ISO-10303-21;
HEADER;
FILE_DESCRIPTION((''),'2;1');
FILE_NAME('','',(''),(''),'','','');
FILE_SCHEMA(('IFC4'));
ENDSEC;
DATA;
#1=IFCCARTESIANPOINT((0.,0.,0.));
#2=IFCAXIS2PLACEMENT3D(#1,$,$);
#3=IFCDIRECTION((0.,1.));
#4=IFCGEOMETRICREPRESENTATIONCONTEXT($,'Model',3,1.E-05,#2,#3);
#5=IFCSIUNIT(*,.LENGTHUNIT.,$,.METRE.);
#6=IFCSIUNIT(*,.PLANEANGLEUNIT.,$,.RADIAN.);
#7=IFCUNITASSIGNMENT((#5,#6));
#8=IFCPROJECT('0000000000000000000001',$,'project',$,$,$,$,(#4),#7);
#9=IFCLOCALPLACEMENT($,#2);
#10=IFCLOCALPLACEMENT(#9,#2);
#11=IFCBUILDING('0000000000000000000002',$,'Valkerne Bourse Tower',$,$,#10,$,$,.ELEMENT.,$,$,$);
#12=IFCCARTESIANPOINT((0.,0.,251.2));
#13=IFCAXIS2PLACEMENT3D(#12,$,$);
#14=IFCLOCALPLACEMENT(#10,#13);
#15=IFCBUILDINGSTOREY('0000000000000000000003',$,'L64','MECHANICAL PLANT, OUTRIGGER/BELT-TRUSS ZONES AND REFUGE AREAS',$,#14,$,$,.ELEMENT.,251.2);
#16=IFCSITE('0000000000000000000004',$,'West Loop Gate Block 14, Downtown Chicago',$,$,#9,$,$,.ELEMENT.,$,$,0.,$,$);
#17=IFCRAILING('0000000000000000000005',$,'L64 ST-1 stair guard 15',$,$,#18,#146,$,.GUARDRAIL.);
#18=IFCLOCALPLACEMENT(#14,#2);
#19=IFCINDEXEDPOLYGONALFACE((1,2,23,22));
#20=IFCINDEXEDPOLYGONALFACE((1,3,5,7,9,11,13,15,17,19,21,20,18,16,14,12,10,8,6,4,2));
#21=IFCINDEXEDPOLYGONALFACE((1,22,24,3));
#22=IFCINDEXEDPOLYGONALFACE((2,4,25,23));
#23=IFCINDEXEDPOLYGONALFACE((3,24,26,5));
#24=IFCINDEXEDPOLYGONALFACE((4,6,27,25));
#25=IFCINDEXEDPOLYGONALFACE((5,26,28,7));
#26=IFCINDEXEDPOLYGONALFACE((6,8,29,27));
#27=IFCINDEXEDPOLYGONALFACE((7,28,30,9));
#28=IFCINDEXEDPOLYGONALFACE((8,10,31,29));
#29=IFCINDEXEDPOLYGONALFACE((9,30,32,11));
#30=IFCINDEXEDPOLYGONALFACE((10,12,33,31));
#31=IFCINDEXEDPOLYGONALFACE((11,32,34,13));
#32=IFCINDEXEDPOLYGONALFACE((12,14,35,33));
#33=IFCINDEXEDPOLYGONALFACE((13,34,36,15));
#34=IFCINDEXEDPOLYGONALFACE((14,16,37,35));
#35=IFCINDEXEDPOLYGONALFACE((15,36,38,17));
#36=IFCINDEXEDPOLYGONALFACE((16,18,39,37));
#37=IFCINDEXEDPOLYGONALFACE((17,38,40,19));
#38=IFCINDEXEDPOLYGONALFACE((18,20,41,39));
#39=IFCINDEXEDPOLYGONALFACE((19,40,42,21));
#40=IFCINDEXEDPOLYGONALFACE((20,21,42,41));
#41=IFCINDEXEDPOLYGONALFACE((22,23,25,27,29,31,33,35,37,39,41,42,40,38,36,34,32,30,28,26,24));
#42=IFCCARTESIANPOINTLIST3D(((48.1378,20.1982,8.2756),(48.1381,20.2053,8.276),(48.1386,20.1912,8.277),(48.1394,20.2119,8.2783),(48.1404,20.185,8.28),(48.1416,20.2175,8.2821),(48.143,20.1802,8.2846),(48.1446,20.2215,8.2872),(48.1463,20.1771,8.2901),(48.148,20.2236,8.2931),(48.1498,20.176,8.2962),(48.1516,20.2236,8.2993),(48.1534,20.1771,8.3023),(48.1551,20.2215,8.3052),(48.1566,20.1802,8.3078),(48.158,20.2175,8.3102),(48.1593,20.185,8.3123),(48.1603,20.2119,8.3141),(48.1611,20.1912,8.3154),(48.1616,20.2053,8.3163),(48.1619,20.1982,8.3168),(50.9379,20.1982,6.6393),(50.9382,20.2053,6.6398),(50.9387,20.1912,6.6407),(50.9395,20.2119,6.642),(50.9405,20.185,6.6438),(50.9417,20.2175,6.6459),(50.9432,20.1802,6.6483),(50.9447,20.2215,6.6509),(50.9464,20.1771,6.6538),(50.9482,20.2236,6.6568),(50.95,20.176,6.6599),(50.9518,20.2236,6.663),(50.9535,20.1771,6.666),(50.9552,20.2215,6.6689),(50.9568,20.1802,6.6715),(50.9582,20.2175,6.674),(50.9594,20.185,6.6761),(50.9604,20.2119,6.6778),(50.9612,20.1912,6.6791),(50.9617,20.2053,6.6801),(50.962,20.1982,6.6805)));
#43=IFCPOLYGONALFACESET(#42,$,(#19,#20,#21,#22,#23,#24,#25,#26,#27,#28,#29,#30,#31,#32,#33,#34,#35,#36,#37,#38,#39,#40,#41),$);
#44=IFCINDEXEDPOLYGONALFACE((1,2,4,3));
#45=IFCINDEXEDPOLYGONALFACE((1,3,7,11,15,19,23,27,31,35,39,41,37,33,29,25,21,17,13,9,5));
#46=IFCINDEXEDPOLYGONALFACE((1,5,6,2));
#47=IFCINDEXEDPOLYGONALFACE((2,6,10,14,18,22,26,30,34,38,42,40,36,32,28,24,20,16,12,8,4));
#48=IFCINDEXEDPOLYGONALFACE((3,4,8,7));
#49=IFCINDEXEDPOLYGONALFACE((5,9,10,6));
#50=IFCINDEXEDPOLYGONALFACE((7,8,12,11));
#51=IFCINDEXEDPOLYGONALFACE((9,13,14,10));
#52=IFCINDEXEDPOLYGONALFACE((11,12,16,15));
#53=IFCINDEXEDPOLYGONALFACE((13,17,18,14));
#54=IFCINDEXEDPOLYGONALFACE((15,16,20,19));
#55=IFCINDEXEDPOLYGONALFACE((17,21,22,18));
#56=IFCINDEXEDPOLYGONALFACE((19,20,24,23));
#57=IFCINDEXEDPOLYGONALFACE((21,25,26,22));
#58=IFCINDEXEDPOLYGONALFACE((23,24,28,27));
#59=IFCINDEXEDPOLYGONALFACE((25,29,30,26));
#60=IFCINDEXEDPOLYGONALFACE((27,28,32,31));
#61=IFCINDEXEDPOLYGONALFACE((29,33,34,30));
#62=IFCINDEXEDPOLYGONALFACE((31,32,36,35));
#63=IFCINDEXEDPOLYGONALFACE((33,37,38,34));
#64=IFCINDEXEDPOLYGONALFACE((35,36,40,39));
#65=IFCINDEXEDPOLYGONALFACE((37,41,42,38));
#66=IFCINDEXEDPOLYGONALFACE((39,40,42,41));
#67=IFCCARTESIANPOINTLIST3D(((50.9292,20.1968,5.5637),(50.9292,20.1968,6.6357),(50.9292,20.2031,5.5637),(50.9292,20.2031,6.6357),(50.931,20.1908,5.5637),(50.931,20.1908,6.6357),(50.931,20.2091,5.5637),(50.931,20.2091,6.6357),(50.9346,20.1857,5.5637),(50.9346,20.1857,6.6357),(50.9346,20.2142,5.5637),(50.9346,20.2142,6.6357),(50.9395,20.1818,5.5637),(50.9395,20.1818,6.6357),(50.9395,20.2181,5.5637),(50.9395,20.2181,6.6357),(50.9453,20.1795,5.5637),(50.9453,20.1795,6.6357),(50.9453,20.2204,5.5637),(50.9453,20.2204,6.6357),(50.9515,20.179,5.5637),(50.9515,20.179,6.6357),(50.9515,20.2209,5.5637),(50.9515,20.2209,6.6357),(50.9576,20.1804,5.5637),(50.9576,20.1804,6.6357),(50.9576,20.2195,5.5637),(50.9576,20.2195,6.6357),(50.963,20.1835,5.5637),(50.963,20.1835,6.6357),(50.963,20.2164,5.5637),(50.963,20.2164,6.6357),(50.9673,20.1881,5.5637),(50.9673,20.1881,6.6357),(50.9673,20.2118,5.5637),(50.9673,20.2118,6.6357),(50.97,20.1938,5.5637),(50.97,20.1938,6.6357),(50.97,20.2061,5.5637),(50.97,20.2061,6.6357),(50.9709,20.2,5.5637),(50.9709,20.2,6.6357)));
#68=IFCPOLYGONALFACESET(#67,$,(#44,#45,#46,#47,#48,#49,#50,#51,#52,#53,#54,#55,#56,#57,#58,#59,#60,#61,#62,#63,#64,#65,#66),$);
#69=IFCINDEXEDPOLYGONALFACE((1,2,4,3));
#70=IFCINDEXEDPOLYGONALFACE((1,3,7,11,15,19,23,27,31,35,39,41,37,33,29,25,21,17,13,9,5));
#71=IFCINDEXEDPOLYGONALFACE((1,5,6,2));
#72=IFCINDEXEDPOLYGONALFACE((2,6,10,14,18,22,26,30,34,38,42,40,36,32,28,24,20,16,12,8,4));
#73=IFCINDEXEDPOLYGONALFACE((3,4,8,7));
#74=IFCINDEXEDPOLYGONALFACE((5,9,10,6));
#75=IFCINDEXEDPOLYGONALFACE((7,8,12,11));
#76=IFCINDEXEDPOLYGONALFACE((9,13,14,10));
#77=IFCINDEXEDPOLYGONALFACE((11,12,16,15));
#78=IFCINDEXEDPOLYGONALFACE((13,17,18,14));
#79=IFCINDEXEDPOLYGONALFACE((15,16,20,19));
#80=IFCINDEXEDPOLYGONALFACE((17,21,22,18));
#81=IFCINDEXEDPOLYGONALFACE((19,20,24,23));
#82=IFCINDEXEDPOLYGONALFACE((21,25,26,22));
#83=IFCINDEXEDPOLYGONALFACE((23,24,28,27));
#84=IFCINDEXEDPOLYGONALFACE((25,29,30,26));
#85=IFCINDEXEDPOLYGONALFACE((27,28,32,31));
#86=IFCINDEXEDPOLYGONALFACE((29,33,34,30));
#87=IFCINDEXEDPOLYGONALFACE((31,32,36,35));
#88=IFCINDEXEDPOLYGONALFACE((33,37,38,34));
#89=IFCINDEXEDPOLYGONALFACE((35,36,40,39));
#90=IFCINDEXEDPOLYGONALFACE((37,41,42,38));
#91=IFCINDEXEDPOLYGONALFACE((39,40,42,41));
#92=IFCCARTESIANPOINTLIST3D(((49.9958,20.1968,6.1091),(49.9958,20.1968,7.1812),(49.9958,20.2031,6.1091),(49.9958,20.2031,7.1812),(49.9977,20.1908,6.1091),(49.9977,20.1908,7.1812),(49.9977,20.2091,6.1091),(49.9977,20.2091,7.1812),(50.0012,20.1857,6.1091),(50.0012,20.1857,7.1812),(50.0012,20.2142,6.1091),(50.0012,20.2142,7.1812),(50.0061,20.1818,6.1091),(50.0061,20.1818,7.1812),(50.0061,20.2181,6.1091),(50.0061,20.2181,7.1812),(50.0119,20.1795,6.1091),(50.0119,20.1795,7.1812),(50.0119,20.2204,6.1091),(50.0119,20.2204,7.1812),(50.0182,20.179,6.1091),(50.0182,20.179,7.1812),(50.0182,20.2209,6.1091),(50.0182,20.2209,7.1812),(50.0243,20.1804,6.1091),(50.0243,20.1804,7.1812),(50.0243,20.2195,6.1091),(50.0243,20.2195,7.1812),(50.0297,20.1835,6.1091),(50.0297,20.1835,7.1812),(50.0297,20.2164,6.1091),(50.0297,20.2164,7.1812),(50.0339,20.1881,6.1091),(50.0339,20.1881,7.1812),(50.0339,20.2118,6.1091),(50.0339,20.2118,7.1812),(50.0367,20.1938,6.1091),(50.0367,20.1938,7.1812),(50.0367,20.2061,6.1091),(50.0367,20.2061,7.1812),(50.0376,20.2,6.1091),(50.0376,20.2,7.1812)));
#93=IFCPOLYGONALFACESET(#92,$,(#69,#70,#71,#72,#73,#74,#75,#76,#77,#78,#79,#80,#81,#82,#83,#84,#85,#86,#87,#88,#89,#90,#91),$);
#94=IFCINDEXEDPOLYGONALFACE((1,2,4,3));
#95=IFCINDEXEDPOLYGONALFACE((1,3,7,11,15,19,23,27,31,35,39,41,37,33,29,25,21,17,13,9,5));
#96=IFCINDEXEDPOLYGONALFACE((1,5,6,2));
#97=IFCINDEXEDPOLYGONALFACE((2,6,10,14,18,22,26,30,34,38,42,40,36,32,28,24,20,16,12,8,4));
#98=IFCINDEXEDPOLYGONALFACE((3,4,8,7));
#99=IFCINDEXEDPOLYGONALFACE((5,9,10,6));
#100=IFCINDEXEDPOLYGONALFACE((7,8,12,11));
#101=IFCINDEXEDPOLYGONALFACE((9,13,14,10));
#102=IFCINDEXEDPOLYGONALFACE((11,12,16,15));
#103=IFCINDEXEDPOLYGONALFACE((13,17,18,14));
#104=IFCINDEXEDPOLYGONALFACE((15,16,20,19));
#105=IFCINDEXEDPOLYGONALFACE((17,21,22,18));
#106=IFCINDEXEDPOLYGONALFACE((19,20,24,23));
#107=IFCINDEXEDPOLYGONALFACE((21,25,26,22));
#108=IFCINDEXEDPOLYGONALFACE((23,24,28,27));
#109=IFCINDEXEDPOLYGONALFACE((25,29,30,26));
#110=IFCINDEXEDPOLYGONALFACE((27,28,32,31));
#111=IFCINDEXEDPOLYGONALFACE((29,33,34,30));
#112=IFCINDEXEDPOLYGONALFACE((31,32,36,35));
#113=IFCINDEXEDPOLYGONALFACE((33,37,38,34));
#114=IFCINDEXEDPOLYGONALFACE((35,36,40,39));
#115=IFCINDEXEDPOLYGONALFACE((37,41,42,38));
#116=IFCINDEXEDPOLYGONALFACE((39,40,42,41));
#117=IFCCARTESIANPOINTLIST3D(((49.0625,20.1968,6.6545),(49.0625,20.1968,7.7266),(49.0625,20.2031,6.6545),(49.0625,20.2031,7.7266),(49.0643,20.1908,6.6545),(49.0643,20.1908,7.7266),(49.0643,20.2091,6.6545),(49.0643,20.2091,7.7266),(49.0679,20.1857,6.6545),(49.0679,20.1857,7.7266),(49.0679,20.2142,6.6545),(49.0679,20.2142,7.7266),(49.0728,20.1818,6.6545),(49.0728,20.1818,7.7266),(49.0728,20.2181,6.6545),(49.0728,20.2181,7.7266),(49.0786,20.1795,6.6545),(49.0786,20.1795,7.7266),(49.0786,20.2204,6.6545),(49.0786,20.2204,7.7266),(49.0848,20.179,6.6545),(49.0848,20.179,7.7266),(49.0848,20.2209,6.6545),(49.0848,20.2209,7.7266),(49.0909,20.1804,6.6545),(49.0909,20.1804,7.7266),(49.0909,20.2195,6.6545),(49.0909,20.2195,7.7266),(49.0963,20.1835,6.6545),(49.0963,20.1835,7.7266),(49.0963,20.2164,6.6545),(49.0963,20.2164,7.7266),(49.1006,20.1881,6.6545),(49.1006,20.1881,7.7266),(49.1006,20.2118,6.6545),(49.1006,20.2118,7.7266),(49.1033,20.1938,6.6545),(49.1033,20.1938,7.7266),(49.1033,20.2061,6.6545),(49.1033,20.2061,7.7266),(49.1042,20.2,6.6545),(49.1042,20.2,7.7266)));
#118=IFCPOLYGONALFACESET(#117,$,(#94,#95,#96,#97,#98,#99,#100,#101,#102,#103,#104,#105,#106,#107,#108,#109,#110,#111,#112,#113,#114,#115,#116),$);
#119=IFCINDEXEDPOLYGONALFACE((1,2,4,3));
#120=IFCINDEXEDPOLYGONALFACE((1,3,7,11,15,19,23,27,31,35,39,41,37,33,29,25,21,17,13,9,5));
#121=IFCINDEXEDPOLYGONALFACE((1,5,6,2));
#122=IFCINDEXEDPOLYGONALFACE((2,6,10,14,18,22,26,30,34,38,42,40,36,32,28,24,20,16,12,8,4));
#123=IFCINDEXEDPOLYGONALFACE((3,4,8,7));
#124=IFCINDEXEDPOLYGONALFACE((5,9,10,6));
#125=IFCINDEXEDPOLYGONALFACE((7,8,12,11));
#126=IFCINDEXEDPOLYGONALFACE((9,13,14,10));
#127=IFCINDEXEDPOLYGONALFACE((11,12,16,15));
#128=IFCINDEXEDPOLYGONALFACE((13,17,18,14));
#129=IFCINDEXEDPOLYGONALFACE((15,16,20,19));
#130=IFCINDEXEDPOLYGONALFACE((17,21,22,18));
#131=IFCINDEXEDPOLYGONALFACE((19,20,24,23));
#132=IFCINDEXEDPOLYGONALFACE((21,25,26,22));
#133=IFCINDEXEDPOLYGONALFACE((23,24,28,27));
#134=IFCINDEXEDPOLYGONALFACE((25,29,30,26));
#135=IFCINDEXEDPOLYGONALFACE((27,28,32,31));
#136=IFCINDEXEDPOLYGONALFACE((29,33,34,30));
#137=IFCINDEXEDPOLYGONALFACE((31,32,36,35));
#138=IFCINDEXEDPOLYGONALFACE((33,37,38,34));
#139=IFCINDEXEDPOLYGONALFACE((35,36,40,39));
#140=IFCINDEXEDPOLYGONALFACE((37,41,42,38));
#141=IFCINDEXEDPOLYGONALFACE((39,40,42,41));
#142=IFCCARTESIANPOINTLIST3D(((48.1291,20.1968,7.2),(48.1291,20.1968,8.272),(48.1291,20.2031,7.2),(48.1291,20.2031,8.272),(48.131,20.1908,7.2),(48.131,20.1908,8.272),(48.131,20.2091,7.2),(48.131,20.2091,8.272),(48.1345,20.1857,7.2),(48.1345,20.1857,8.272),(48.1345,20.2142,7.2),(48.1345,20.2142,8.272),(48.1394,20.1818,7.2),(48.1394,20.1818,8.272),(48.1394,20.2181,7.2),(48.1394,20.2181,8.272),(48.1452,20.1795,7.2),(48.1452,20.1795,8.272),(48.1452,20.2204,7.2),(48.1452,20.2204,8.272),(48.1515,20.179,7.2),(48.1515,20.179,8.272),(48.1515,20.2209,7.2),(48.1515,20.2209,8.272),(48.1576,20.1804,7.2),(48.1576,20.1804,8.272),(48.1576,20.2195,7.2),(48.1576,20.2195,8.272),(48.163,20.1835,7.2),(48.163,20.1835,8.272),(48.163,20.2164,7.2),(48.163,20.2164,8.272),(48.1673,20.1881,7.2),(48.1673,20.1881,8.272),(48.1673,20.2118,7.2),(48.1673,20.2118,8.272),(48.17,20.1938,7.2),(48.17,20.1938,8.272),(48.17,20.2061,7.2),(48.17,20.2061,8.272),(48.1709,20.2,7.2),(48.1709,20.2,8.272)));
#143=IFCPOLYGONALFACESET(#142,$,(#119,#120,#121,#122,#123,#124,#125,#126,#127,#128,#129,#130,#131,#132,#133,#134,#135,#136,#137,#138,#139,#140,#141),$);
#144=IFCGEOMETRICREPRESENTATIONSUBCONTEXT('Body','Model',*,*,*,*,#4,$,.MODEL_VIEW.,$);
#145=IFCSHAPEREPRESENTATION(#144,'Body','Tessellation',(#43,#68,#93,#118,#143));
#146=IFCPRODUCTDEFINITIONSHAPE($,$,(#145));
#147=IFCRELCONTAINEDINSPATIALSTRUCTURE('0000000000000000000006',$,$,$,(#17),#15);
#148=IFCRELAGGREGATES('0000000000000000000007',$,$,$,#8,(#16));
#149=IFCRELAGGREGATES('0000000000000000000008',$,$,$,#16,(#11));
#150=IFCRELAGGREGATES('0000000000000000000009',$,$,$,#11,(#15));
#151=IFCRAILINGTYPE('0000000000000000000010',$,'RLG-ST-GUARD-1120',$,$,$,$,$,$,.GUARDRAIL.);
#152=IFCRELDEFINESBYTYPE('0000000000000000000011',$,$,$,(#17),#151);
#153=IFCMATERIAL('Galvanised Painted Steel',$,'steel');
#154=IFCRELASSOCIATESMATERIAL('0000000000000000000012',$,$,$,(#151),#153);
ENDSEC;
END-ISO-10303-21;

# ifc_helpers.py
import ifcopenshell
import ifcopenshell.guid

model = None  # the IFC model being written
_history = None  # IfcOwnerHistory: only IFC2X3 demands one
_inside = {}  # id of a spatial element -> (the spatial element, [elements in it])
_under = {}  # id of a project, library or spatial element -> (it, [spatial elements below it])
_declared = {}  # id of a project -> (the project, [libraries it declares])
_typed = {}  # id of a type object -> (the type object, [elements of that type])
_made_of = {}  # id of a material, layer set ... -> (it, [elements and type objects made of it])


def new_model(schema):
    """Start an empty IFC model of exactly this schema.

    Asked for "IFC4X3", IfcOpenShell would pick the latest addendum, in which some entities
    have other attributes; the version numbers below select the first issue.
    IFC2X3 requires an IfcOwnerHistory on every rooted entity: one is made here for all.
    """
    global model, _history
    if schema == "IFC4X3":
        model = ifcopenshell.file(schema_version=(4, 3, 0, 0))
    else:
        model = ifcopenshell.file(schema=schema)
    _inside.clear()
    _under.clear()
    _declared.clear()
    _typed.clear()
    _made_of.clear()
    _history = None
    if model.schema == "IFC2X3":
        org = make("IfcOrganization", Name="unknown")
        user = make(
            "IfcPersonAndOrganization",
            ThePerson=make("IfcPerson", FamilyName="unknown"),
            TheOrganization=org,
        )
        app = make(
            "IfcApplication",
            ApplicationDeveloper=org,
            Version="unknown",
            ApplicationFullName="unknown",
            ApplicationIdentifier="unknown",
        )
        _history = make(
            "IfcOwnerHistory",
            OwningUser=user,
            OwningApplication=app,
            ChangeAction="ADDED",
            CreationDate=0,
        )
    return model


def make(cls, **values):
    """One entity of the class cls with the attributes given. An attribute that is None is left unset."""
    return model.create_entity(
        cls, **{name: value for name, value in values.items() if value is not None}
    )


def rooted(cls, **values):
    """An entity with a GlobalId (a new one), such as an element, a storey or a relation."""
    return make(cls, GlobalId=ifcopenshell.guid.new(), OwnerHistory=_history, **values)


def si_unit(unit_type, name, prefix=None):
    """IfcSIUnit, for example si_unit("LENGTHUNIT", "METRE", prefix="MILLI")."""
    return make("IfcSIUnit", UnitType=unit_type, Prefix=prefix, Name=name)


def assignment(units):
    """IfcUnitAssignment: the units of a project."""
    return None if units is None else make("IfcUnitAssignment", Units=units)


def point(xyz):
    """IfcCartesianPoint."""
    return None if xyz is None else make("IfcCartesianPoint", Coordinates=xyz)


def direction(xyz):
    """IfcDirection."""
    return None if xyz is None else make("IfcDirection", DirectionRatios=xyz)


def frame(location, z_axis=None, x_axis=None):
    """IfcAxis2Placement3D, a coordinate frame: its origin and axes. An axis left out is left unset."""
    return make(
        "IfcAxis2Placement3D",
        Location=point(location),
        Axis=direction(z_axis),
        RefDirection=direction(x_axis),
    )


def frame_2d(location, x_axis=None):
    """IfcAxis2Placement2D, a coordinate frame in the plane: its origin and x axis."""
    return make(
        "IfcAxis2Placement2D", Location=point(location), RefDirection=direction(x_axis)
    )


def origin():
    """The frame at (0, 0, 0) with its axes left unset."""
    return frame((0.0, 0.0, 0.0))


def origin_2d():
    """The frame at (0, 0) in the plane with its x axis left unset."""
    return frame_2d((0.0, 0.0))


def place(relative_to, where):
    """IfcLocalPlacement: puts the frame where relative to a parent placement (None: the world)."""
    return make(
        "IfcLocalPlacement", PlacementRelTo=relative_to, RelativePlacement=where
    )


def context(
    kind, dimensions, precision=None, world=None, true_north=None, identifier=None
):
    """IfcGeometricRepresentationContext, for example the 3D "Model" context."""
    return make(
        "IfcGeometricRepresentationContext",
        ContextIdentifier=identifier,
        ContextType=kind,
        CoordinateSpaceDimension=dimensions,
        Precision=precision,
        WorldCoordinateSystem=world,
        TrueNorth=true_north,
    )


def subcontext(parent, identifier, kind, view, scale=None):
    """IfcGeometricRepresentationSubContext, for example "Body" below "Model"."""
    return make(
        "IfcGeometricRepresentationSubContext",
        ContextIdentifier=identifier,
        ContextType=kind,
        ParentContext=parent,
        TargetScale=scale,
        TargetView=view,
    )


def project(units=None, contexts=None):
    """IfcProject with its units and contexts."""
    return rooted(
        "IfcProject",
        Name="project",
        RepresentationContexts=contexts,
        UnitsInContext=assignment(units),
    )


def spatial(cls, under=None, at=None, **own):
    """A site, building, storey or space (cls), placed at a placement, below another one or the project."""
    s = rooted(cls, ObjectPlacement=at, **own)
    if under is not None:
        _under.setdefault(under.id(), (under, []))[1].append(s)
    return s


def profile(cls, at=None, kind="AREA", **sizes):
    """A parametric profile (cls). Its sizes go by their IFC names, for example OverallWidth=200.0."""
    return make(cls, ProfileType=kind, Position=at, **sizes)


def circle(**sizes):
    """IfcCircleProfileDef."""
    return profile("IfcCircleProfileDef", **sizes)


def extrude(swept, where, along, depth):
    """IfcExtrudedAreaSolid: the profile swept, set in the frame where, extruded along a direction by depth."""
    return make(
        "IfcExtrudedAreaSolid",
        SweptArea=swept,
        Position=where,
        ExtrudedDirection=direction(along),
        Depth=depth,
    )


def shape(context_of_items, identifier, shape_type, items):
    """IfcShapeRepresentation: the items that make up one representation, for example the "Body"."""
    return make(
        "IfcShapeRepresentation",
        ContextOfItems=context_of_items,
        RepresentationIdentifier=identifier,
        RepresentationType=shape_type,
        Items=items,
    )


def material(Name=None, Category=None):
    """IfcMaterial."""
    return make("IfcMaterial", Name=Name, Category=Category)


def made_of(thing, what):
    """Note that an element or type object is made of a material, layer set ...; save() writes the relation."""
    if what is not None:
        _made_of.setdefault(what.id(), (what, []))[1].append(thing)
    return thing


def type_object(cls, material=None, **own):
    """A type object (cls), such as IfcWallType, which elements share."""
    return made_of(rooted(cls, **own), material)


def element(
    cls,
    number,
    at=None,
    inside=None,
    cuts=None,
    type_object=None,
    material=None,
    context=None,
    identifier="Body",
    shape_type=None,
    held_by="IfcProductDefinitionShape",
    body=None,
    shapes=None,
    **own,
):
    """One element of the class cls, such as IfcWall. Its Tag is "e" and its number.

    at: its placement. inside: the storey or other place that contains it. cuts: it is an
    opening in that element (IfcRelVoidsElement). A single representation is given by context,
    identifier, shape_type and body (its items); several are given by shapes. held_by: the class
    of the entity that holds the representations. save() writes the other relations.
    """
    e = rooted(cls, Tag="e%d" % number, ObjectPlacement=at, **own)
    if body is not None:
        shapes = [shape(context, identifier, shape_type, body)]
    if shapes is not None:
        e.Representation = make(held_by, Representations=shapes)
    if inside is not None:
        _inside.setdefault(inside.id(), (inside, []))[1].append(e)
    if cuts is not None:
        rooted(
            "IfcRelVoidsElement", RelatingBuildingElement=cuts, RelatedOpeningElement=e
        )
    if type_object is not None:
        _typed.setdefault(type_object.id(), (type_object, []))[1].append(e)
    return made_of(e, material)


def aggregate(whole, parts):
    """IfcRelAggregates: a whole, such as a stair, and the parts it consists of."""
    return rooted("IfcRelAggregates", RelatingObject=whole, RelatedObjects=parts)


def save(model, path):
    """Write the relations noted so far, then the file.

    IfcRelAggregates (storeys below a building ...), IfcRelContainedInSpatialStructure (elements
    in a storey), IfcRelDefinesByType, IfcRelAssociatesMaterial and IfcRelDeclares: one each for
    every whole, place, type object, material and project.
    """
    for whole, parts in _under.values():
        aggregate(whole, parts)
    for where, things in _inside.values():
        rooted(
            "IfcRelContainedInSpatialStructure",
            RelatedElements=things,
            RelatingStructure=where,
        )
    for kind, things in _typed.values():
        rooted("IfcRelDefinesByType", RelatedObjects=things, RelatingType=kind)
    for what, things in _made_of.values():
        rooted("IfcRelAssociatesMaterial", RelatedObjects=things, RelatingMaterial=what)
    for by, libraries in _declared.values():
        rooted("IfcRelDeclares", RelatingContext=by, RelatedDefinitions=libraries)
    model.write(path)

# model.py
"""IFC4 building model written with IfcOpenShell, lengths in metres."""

from ifc_helpers import new_model, si_unit, direction, frame, origin, origin_2d, place, context, subcontext, project, spatial, circle, extrude, material, type_object, element, save


model = new_model("IFC4")

# Units and contexts
model_context = context("Model", 3, precision=1e-05, world=origin(), true_north=direction((0.0, 1.0)))
body_context = subcontext(model_context, "Body", "Model", "MODEL_VIEW")
ifc_project = project(units=[si_unit("LENGTHUNIT", "METRE"), si_unit("PLANEANGLEUNIT", "RADIAN")], contexts=[model_context])

# Site, building, storey
site_placement = place(None, origin())
site = spatial("IfcSite", under=ifc_project, at=site_placement, Name="West Loop Gate Block 14, Downtown Chicago", CompositionType="ELEMENT", RefElevation=0.0)
building_placement = place(site_placement, origin())
building = spatial("IfcBuilding", under=site, at=building_placement, Name="Valkerne Bourse Tower", CompositionType="ELEMENT")
storey_placement = place(building_placement, frame((0.0, 0.0, 251.2)))
storey = spatial("IfcBuildingStorey", under=building, at=storey_placement, Name="L64", Description="MECHANICAL PLANT, OUTRIGGER/BELT-TRUSS ZONES AND REFUGE AREAS", CompositionType="ELEMENT", Elevation=251.2)

# Shared definitions
ifc_material_1 = material(Name="Galvanised Painted Steel", Category="steel")

# Railing
railing_type_1 = type_object("IfcRailingType", Name="RLG-ST-GUARD-1120", PredefinedType="GUARDRAIL", material=ifc_material_1)
railing_1_placement = place(storey_placement, frame((50.95, 20.2, 5.5637)))
element("IfcRailing", 1, at=railing_1_placement, inside=storey, type_object=railing_type_1, Name="L64 ST-1 stair guard 15", PredefinedType="GUARDRAIL", context=body_context, shape_type="SweptSolid", body=[
    extrude(circle(Radius=0.0239, at=origin_2d()), frame((0.0, 0.0, 1.0962), z_axis=(-0.863394, 0.0, 0.504531), x_axis=(0.0, -1.0, 0.0)), (0.0, 0.0, 1.0), 3.2432),
    extrude(circle(Radius=0.021, at=origin_2d()), origin(), (0.0, 0.0, 1.0), 1.072),
    extrude(circle(Radius=0.021, at=origin_2d()), frame((-0.9333, 0.0, 0.5454)), (0.0, 0.0, 1.0), 1.072),
    extrude(circle(Radius=0.021, at=origin_2d()), frame((-1.8667, 0.0, 1.0908)), (0.0, 0.0, 1.0), 1.072),
    extrude(circle(Radius=0.021, at=origin_2d()), frame((-2.8, 0.0, 1.6362)), (0.0, 0.0, 1.0), 1.072),
])

save(model, "model.ifc")
